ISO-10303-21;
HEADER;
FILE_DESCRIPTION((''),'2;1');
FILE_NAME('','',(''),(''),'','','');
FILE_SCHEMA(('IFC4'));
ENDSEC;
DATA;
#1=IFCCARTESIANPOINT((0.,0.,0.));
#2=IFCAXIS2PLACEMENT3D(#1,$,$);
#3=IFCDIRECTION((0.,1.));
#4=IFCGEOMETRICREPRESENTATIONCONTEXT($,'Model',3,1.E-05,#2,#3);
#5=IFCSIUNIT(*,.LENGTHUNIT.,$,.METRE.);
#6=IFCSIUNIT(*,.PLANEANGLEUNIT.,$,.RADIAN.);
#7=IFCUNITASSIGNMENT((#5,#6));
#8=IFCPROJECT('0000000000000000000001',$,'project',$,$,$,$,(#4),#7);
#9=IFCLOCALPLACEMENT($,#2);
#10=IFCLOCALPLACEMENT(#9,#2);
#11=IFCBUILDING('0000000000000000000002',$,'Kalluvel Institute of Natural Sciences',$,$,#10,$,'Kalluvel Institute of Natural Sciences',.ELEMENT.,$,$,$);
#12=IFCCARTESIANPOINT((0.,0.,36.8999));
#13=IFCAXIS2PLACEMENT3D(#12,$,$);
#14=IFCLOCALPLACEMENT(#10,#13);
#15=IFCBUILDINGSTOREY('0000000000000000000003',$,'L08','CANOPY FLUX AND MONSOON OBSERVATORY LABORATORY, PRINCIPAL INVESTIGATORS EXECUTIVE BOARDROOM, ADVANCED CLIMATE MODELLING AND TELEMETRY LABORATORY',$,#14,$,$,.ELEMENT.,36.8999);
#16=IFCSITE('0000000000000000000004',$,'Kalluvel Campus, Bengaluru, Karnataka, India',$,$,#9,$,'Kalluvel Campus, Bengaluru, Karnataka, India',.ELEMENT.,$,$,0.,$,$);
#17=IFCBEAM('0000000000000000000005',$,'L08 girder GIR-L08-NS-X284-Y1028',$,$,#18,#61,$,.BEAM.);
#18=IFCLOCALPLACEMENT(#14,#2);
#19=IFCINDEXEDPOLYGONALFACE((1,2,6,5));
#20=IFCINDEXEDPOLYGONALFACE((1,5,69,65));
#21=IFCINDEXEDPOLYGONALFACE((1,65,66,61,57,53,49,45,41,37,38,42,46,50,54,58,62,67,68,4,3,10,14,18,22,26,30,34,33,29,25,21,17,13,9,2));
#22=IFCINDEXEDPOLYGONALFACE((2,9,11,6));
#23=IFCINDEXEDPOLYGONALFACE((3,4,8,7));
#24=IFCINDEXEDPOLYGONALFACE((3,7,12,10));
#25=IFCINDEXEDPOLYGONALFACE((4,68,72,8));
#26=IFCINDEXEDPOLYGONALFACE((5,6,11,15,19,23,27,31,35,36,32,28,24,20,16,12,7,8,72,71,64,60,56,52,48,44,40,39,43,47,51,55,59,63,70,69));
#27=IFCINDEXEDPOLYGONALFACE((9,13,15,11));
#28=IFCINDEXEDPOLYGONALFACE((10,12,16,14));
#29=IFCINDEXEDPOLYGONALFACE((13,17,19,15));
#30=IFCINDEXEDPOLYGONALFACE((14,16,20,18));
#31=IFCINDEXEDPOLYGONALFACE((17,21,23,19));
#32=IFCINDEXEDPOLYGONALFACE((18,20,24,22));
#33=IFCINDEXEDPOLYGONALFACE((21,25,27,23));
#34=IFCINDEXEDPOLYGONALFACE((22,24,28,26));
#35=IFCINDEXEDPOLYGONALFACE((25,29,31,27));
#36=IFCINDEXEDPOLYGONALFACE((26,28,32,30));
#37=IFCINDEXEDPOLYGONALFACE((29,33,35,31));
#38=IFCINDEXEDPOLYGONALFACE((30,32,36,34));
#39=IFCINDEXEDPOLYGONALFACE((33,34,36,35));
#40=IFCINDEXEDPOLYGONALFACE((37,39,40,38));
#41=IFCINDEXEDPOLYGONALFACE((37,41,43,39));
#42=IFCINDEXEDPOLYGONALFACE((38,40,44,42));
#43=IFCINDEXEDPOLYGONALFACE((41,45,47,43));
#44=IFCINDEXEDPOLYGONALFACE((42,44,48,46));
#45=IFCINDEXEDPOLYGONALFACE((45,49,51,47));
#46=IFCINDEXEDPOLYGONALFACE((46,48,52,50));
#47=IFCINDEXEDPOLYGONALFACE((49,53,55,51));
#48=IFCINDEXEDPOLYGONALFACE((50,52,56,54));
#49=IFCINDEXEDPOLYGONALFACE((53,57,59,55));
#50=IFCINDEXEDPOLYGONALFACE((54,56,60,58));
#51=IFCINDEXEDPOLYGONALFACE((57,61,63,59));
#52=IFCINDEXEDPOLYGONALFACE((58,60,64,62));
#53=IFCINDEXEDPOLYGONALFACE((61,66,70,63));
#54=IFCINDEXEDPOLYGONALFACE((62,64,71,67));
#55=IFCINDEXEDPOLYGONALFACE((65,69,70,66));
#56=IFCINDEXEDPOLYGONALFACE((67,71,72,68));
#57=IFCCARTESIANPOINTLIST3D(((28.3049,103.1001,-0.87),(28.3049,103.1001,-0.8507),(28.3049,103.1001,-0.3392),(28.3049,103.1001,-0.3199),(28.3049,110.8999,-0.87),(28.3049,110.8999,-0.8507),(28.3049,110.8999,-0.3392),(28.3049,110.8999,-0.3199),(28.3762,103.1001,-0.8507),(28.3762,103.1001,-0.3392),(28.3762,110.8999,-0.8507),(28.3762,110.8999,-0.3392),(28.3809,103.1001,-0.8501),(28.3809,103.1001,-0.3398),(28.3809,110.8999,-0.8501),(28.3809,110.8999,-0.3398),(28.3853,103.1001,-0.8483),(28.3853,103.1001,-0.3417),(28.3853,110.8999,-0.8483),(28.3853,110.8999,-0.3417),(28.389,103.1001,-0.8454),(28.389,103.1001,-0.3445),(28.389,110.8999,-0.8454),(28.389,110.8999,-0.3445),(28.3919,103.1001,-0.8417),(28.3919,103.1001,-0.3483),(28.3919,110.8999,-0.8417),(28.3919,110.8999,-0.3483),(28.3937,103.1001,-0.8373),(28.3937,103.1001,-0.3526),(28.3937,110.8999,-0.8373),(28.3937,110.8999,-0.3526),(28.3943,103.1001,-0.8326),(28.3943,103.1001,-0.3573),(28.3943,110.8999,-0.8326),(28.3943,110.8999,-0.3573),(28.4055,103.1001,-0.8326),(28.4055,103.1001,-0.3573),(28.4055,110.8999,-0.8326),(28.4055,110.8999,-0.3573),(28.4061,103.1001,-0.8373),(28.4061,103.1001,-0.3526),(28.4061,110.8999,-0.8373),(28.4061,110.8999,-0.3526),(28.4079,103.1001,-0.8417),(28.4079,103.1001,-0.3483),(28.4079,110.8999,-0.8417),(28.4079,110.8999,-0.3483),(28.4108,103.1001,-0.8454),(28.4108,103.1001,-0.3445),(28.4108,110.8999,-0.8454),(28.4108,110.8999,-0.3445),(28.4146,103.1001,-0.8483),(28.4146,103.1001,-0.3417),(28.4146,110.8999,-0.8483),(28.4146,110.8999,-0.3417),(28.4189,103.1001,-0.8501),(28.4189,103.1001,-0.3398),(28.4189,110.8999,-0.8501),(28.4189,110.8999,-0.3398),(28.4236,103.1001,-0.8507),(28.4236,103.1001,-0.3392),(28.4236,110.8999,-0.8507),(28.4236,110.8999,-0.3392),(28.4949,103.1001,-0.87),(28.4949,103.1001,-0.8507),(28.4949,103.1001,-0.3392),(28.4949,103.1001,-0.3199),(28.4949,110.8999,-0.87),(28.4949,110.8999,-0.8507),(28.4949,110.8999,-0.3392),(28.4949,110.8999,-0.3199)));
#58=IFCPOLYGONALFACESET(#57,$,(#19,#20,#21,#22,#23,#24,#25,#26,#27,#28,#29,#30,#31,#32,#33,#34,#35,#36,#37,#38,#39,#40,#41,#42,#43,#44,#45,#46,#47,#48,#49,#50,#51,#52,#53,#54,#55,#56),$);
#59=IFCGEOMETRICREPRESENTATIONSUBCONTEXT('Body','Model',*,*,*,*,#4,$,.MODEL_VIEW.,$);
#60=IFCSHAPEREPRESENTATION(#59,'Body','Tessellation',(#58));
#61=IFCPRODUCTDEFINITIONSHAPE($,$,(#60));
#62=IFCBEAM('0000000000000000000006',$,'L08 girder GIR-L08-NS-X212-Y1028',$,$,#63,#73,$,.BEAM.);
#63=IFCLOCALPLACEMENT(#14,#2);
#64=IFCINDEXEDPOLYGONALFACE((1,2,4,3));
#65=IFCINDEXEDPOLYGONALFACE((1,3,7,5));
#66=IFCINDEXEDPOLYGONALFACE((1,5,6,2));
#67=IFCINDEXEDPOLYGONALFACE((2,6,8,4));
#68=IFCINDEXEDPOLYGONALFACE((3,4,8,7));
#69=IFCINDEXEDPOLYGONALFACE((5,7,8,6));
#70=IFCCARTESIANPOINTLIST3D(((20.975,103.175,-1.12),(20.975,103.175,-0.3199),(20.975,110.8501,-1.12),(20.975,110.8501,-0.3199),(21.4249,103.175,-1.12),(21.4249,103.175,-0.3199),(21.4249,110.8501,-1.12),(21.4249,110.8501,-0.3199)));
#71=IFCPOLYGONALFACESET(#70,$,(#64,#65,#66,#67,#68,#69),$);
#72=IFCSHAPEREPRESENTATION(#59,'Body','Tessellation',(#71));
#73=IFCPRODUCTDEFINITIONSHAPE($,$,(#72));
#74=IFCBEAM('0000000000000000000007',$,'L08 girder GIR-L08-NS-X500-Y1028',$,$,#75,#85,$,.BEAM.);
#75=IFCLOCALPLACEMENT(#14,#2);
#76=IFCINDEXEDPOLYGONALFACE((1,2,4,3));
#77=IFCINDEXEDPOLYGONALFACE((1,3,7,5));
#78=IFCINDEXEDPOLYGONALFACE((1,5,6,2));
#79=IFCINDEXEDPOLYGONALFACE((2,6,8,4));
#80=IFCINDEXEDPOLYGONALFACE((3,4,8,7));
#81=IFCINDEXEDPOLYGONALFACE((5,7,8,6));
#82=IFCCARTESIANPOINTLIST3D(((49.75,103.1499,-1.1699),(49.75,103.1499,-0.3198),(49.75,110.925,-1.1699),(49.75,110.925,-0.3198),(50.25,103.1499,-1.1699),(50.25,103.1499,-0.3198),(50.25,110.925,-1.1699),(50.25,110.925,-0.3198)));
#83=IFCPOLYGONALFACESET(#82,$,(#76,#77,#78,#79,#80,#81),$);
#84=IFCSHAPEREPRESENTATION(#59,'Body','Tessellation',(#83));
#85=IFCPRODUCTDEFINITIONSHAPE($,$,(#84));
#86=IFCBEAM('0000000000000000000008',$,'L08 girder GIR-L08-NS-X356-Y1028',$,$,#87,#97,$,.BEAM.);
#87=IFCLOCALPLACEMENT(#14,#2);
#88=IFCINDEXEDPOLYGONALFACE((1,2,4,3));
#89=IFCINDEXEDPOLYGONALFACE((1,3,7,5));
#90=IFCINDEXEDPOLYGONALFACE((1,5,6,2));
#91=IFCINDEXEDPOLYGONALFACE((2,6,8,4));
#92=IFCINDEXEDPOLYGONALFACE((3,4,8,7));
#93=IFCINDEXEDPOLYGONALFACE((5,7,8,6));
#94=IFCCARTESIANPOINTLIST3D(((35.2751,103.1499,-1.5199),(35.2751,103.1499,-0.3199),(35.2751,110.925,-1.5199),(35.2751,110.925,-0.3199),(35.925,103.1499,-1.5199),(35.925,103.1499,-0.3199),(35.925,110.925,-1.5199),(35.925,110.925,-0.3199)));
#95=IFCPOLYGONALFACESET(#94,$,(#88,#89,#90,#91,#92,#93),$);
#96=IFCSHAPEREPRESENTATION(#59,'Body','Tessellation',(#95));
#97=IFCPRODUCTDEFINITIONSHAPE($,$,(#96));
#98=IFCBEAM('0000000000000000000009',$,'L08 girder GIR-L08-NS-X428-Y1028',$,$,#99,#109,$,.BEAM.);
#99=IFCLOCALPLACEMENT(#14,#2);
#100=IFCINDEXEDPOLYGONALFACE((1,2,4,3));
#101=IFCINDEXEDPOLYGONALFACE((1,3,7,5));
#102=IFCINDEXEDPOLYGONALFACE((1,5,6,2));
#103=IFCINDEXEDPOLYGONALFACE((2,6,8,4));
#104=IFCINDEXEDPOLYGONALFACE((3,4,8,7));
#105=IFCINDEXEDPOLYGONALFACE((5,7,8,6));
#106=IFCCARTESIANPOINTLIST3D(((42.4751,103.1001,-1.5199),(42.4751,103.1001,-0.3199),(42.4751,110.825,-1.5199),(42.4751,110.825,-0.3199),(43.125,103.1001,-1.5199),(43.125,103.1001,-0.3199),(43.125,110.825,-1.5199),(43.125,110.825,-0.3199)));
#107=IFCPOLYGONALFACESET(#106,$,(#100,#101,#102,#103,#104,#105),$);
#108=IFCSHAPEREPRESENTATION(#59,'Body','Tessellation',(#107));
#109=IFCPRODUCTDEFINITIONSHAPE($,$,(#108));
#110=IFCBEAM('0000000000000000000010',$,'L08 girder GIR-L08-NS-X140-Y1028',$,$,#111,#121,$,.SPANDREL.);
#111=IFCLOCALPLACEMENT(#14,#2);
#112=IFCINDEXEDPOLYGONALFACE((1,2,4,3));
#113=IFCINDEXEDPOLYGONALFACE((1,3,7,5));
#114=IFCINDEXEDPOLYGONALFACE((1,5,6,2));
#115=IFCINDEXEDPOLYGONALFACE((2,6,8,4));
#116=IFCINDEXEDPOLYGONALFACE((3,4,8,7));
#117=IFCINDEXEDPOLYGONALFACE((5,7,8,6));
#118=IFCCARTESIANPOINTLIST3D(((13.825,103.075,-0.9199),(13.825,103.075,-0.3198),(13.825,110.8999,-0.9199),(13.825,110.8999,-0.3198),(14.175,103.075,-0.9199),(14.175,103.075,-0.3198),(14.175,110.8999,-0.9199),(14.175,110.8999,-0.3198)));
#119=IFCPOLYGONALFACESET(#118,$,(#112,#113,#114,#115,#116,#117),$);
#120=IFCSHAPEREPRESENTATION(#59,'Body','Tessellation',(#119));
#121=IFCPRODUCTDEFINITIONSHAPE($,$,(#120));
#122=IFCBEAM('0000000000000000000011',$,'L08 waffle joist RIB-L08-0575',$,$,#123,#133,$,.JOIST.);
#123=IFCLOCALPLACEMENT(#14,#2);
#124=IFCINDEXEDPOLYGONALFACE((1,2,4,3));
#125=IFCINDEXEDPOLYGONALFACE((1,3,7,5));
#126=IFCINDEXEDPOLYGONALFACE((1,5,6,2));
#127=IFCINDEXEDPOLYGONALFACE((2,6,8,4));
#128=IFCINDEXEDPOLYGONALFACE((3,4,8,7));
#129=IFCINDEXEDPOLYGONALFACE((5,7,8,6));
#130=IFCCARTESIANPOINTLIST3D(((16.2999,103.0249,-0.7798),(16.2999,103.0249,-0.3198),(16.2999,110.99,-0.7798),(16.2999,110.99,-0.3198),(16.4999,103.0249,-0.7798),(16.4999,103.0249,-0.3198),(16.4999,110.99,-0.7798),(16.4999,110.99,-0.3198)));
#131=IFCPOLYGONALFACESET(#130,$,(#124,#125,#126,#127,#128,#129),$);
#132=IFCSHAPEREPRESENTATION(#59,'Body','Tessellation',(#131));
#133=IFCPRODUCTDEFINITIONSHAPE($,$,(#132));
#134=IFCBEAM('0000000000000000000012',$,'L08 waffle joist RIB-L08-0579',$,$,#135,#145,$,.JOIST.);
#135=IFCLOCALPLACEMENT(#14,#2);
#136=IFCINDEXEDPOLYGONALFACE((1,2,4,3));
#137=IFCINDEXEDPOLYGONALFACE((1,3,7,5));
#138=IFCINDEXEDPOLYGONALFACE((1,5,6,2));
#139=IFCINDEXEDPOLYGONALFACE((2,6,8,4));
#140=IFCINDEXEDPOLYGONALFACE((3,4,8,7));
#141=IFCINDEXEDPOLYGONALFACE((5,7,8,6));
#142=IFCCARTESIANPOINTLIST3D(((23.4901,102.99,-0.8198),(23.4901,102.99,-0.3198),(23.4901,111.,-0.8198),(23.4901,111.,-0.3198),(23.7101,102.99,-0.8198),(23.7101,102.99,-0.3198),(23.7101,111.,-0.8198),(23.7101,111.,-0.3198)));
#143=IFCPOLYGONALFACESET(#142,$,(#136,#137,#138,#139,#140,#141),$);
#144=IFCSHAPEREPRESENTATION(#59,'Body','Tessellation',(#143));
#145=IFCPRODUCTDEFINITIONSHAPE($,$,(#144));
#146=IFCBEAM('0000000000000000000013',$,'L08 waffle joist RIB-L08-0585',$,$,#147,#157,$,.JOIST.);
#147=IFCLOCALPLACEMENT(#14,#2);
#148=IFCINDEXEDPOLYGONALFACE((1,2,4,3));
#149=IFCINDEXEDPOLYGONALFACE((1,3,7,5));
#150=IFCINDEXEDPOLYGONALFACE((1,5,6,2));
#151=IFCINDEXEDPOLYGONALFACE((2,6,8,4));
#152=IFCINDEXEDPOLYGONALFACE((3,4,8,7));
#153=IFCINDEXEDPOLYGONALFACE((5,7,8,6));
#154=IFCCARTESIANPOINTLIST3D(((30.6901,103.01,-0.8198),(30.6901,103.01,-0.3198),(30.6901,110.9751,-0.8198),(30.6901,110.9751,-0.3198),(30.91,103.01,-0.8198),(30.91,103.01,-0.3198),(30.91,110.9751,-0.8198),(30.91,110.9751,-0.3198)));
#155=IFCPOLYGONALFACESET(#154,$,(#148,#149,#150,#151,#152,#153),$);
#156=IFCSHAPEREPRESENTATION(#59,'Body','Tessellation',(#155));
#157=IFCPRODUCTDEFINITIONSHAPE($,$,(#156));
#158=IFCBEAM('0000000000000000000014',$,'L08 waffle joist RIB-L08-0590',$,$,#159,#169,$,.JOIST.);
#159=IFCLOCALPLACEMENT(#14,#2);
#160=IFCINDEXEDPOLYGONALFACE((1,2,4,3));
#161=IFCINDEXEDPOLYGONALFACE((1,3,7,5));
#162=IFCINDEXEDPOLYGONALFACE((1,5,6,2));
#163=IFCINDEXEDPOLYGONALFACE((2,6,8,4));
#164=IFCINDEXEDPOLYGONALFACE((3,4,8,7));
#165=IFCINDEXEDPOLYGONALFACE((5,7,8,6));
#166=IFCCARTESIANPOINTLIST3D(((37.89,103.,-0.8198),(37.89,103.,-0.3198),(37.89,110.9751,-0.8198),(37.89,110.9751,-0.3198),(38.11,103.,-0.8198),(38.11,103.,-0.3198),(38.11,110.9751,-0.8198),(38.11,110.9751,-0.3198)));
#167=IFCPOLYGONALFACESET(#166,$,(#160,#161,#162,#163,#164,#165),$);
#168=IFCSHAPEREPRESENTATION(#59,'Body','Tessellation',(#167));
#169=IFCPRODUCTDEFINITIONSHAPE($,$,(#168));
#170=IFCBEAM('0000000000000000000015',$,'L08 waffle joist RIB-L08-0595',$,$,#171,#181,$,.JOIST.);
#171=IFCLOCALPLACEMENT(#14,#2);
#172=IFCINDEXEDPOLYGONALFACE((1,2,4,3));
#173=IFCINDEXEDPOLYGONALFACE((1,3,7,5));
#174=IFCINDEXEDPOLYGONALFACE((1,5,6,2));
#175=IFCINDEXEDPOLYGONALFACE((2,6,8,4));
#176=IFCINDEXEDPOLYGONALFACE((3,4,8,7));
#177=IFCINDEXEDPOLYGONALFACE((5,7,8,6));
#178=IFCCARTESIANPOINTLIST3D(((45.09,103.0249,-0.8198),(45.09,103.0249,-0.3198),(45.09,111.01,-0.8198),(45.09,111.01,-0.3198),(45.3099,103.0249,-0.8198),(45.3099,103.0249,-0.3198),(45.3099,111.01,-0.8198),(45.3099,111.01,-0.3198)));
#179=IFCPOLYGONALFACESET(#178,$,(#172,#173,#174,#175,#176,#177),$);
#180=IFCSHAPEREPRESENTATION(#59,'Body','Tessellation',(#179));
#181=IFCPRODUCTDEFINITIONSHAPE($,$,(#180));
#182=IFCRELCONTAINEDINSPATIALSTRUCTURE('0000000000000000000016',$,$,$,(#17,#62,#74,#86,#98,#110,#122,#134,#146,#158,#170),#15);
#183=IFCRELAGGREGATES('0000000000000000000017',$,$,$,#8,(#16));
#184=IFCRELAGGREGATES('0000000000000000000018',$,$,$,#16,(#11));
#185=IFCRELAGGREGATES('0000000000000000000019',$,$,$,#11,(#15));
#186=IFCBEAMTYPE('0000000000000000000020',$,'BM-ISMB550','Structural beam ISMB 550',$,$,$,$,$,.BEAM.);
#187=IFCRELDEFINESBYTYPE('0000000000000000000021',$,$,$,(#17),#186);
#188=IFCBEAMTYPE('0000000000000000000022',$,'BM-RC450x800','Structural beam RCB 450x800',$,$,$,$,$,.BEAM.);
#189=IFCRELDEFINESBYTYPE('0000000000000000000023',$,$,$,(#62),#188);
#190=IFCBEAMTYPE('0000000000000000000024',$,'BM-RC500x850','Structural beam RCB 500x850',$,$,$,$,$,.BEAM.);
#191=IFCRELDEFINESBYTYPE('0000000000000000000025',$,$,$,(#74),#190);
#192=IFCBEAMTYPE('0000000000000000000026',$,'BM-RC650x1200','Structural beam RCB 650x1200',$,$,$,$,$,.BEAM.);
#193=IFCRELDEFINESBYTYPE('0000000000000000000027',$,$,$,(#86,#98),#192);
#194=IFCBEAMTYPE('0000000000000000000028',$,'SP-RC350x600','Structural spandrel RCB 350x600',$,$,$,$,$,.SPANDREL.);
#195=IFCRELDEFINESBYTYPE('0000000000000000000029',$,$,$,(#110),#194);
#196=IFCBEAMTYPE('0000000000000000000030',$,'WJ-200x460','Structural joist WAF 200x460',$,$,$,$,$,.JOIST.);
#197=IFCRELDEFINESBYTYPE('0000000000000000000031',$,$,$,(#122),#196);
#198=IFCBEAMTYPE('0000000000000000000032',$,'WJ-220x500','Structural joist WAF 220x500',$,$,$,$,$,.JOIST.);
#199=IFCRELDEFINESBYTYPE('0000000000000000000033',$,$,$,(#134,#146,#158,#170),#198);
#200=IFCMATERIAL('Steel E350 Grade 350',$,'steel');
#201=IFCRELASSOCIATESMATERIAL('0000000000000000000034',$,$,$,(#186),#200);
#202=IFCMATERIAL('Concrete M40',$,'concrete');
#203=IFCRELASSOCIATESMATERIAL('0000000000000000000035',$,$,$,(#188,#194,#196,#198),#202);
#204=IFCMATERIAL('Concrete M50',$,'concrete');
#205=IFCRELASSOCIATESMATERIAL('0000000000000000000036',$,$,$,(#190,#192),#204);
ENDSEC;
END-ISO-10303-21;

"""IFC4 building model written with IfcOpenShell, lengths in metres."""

from ifc_helpers import new_model, si_unit, direction, frame, origin, origin_2d, place, context, subcontext, project, spatial, rectangle, i_section, extrude, material, material_profile, profile_set, type_object, element, save


model = new_model("IFC4")

# Units and contexts
model_context = context("Model", 3, precision=1e-05, world=origin(), true_north=direction((0.0, 1.0)))
body_context = subcontext(model_context, "Body", "Model", "MODEL_VIEW")
ifc_project = project(units=[si_unit("LENGTHUNIT", "METRE"), si_unit("PLANEANGLEUNIT", "RADIAN")], contexts=[model_context])

# Site, building, storey
site_placement = place(None, origin())
site = spatial("IfcSite", under=ifc_project, at=site_placement, Name="Kalluvel Campus, Bengaluru, Karnataka, India", LongName="Kalluvel Campus, Bengaluru, Karnataka, India", CompositionType="ELEMENT", RefElevation=0.0)
building_placement = place(site_placement, origin())
building = spatial("IfcBuilding", under=site, at=building_placement, Name="Kalluvel Institute of Natural Sciences", LongName="Kalluvel Institute of Natural Sciences", CompositionType="ELEMENT")
storey_placement = place(building_placement, frame((0.0, 0.0, 36.8999)))
storey = spatial("IfcBuildingStorey", under=building, at=storey_placement, Name="L08", Description="CANOPY FLUX AND MONSOON OBSERVATORY LABORATORY, PRINCIPAL INVESTIGATORS EXECUTIVE BOARDROOM, ADVANCED CLIMATE MODELLING AND TELEMETRY LABORATORY", CompositionType="ELEMENT", Elevation=36.8999)

# Beams
ifc_material_1 = material(Name="Steel E350 Grade 350", Category="steel")
ifc_material_profile_1 = material_profile(ifc_material_1, i_section(OverallWidth=0.1899, OverallDepth=0.55, WebThickness=0.0112, FlangeThickness=0.0193, FilletRadius=0.0181, at=origin_2d()), Name="ISMB 550")
ifc_profile_set_1 = profile_set([ifc_material_profile_1], Name="Steel E350 Grade 350")
beam_type_1 = type_object("IfcBeamType", Name="BM-ISMB550", Description="Structural beam ISMB 550", PredefinedType="BEAM", material=ifc_profile_set_1)
beam_1_placement = place(storey_placement, frame((28.3999, 103.1001, -0.595), z_axis=(0.0, 1.0, 0.0), x_axis=(-1.0, 0.0, 0.0)))
element("IfcBeam", 1, at=beam_1_placement, inside=storey, type_object=beam_type_1, Name="L08 girder GIR-L08-NS-X284-Y1028", PredefinedType="BEAM", context=body_context, shape_type="SweptSolid", body=[
    extrude(i_section(OverallWidth=0.1899, OverallDepth=0.55, WebThickness=0.0112, FlangeThickness=0.0193, FilletRadius=0.0181, at=origin_2d()), origin(), (0.0, 0.0, 1.0), 7.7998),
])
ifc_material_2 = material(Name="Concrete M40", Category="concrete")
ifc_material_profile_2 = material_profile(ifc_material_2, rectangle(XDim=0.45, YDim=0.8, at=origin_2d()), Name="RCB 450x800")
ifc_profile_set_2 = profile_set([ifc_material_profile_2], Name="Concrete M40")
beam_type_2 = type_object("IfcBeamType", Name="BM-RC450x800", Description="Structural beam RCB 450x800", PredefinedType="BEAM", material=ifc_profile_set_2)
beam_2_placement = place(storey_placement, frame((21.2, 103.175, -0.72), z_axis=(0.0, 1.0, 0.0), x_axis=(-1.0, 0.0, 0.0)))
element("IfcBeam", 2, at=beam_2_placement, inside=storey, type_object=beam_type_2, Name="L08 girder GIR-L08-NS-X212-Y1028", PredefinedType="BEAM", context=body_context, shape_type="SweptSolid", body=[
    extrude(rectangle(XDim=0.45, YDim=0.8, at=origin_2d()), origin(), (0.0, 0.0, 1.0), 7.675),
])
ifc_material_3 = material(Name="Concrete M50", Category="concrete")
ifc_material_profile_3 = material_profile(ifc_material_3, rectangle(XDim=0.5, YDim=0.8501, at=origin_2d()), Name="RCB 500x850")
ifc_profile_set_3 = profile_set([ifc_material_profile_3], Name="Concrete M50")
beam_type_3 = type_object("IfcBeamType", Name="BM-RC500x850", Description="Structural beam RCB 500x850", PredefinedType="BEAM", material=ifc_profile_set_3)
beam_3_placement = place(storey_placement, frame((50.0, 103.1499, -0.7449), z_axis=(0.0, 1.0, 0.0), x_axis=(-1.0, 0.0, 0.0)))
element("IfcBeam", 3, at=beam_3_placement, inside=storey, type_object=beam_type_3, Name="L08 girder GIR-L08-NS-X500-Y1028", PredefinedType="BEAM", context=body_context, shape_type="SweptSolid", body=[
    extrude(rectangle(XDim=0.5, YDim=0.8501, at=origin_2d()), origin(), (0.0, 0.0, 1.0), 7.7751),
])
ifc_material_profile_4 = material_profile(ifc_material_3, rectangle(XDim=0.6499, YDim=1.2, at=origin_2d()), Name="RCB 650x1200")
ifc_profile_set_4 = profile_set([ifc_material_profile_4], Name="Concrete M50")
beam_type_4 = type_object("IfcBeamType", Name="BM-RC650x1200", Description="Structural beam RCB 650x1200", PredefinedType="BEAM", material=ifc_profile_set_4)
beam_4_placement = place(storey_placement, frame((35.6001, 103.1499, -0.9199), z_axis=(0.0, 1.0, 0.0), x_axis=(-1.0, 0.0, 0.0)))
element("IfcBeam", 4, at=beam_4_placement, inside=storey, type_object=beam_type_4, Name="L08 girder GIR-L08-NS-X356-Y1028", PredefinedType="BEAM", context=body_context, shape_type="SweptSolid", body=[
    extrude(rectangle(XDim=0.6499, YDim=1.2, at=origin_2d()), origin(), (0.0, 0.0, 1.0), 7.7751),
])
beam_5_placement = place(storey_placement, frame((42.8, 103.1001, -0.9199), z_axis=(0.0, 1.0, 0.0), x_axis=(-1.0, 0.0, 0.0)))
element("IfcBeam", 5, at=beam_5_placement, inside=storey, type_object=beam_type_4, Name="L08 girder GIR-L08-NS-X428-Y1028", PredefinedType="BEAM", context=body_context, shape_type="SweptSolid", body=[
    extrude(rectangle(XDim=0.6499, YDim=1.2, at=origin_2d()), origin(), (0.0, 0.0, 1.0), 7.7249),
])
ifc_material_profile_5 = material_profile(ifc_material_2, rectangle(XDim=0.3501, YDim=0.6001, at=origin_2d()), Name="RCB 350x600")
ifc_profile_set_5 = profile_set([ifc_material_profile_5], Name="Concrete M40")
beam_type_5 = type_object("IfcBeamType", Name="SP-RC350x600", Description="Structural spandrel RCB 350x600", PredefinedType="SPANDREL", material=ifc_profile_set_5)
beam_6_placement = place(storey_placement, frame((14.0, 103.075, -0.6199), z_axis=(0.0, 1.0, 0.0), x_axis=(-1.0, 0.0, 0.0)))
element("IfcBeam", 6, at=beam_6_placement, inside=storey, type_object=beam_type_5, Name="L08 girder GIR-L08-NS-X140-Y1028", PredefinedType="SPANDREL", context=body_context, shape_type="SweptSolid", body=[
    extrude(rectangle(XDim=0.3501, YDim=0.6001, at=origin_2d()), origin(), (0.0, 0.0, 1.0), 7.825),
])
ifc_material_profile_6 = material_profile(ifc_material_2, rectangle(XDim=0.2, YDim=0.46, at=origin_2d()), Name="WAF 200x460")
ifc_profile_set_6 = profile_set([ifc_material_profile_6], Name="Concrete M40")
beam_type_6 = type_object("IfcBeamType", Name="WJ-200x460", Description="Structural joist WAF 200x460", PredefinedType="JOIST", material=ifc_profile_set_6)
beam_7_placement = place(storey_placement, frame((16.3999, 103.0249, -0.5498), z_axis=(0.0, 1.0, 0.0), x_axis=(-1.0, 0.0, 0.0)))
element("IfcBeam", 7, at=beam_7_placement, inside=storey, type_object=beam_type_6, Name="L08 waffle joist RIB-L08-0575", PredefinedType="JOIST", context=body_context, shape_type="SweptSolid", body=[
    extrude(rectangle(XDim=0.2, YDim=0.46, at=origin_2d()), origin(), (0.0, 0.0, 1.0), 7.9651),
])
ifc_material_profile_7 = material_profile(ifc_material_2, rectangle(XDim=0.22, YDim=0.5, at=origin_2d()), Name="WAF 220x500")
ifc_profile_set_7 = profile_set([ifc_material_profile_7], Name="Concrete M40")
beam_type_7 = type_object("IfcBeamType", Name="WJ-220x500", Description="Structural joist WAF 220x500", PredefinedType="JOIST", material=ifc_profile_set_7)
beam_8_placement = place(storey_placement, frame((23.6001, 102.99, -0.5698), z_axis=(0.0, 1.0, 0.0), x_axis=(-1.0, 0.0, 0.0)))
element("IfcBeam", 8, at=beam_8_placement, inside=storey, type_object=beam_type_7, Name="L08 waffle joist RIB-L08-0579", PredefinedType="JOIST", context=body_context, shape_type="SweptSolid", body=[
    extrude(rectangle(XDim=0.22, YDim=0.5, at=origin_2d()), origin(), (0.0, 0.0, 1.0), 8.01),
])
beam_9_placement = place(storey_placement, frame((30.8, 103.01, -0.5698), z_axis=(0.0, 1.0, 0.0), x_axis=(-1.0, 0.0, 0.0)))
element("IfcBeam", 9, at=beam_9_placement, inside=storey, type_object=beam_type_7, Name="L08 waffle joist RIB-L08-0585", PredefinedType="JOIST", context=body_context, shape_type="SweptSolid", body=[
    extrude(rectangle(XDim=0.22, YDim=0.5, at=origin_2d()), origin(), (0.0, 0.0, 1.0), 7.9651),
])
beam_10_placement = place(storey_placement, frame((38.0, 103.0, -0.5698), z_axis=(0.0, 1.0, 0.0), x_axis=(-1.0, 0.0, 0.0)))
element("IfcBeam", 10, at=beam_10_placement, inside=storey, type_object=beam_type_7, Name="L08 waffle joist RIB-L08-0590", PredefinedType="JOIST", context=body_context, shape_type="SweptSolid", body=[
    extrude(rectangle(XDim=0.22, YDim=0.5, at=origin_2d()), origin(), (0.0, 0.0, 1.0), 7.9751),
])
beam_11_placement = place(storey_placement, frame((45.2, 103.0249, -0.5698), z_axis=(0.0, 1.0, 0.0), x_axis=(-1.0, 0.0, 0.0)))
element("IfcBeam", 11, at=beam_11_placement, inside=storey, type_object=beam_type_7, Name="L08 waffle joist RIB-L08-0595", PredefinedType="JOIST", context=body_context, shape_type="SweptSolid", body=[
    extrude(rectangle(XDim=0.22, YDim=0.5, at=origin_2d()), origin(), (0.0, 0.0, 1.0), 7.9851),
])

save(model, "model.ifc")
